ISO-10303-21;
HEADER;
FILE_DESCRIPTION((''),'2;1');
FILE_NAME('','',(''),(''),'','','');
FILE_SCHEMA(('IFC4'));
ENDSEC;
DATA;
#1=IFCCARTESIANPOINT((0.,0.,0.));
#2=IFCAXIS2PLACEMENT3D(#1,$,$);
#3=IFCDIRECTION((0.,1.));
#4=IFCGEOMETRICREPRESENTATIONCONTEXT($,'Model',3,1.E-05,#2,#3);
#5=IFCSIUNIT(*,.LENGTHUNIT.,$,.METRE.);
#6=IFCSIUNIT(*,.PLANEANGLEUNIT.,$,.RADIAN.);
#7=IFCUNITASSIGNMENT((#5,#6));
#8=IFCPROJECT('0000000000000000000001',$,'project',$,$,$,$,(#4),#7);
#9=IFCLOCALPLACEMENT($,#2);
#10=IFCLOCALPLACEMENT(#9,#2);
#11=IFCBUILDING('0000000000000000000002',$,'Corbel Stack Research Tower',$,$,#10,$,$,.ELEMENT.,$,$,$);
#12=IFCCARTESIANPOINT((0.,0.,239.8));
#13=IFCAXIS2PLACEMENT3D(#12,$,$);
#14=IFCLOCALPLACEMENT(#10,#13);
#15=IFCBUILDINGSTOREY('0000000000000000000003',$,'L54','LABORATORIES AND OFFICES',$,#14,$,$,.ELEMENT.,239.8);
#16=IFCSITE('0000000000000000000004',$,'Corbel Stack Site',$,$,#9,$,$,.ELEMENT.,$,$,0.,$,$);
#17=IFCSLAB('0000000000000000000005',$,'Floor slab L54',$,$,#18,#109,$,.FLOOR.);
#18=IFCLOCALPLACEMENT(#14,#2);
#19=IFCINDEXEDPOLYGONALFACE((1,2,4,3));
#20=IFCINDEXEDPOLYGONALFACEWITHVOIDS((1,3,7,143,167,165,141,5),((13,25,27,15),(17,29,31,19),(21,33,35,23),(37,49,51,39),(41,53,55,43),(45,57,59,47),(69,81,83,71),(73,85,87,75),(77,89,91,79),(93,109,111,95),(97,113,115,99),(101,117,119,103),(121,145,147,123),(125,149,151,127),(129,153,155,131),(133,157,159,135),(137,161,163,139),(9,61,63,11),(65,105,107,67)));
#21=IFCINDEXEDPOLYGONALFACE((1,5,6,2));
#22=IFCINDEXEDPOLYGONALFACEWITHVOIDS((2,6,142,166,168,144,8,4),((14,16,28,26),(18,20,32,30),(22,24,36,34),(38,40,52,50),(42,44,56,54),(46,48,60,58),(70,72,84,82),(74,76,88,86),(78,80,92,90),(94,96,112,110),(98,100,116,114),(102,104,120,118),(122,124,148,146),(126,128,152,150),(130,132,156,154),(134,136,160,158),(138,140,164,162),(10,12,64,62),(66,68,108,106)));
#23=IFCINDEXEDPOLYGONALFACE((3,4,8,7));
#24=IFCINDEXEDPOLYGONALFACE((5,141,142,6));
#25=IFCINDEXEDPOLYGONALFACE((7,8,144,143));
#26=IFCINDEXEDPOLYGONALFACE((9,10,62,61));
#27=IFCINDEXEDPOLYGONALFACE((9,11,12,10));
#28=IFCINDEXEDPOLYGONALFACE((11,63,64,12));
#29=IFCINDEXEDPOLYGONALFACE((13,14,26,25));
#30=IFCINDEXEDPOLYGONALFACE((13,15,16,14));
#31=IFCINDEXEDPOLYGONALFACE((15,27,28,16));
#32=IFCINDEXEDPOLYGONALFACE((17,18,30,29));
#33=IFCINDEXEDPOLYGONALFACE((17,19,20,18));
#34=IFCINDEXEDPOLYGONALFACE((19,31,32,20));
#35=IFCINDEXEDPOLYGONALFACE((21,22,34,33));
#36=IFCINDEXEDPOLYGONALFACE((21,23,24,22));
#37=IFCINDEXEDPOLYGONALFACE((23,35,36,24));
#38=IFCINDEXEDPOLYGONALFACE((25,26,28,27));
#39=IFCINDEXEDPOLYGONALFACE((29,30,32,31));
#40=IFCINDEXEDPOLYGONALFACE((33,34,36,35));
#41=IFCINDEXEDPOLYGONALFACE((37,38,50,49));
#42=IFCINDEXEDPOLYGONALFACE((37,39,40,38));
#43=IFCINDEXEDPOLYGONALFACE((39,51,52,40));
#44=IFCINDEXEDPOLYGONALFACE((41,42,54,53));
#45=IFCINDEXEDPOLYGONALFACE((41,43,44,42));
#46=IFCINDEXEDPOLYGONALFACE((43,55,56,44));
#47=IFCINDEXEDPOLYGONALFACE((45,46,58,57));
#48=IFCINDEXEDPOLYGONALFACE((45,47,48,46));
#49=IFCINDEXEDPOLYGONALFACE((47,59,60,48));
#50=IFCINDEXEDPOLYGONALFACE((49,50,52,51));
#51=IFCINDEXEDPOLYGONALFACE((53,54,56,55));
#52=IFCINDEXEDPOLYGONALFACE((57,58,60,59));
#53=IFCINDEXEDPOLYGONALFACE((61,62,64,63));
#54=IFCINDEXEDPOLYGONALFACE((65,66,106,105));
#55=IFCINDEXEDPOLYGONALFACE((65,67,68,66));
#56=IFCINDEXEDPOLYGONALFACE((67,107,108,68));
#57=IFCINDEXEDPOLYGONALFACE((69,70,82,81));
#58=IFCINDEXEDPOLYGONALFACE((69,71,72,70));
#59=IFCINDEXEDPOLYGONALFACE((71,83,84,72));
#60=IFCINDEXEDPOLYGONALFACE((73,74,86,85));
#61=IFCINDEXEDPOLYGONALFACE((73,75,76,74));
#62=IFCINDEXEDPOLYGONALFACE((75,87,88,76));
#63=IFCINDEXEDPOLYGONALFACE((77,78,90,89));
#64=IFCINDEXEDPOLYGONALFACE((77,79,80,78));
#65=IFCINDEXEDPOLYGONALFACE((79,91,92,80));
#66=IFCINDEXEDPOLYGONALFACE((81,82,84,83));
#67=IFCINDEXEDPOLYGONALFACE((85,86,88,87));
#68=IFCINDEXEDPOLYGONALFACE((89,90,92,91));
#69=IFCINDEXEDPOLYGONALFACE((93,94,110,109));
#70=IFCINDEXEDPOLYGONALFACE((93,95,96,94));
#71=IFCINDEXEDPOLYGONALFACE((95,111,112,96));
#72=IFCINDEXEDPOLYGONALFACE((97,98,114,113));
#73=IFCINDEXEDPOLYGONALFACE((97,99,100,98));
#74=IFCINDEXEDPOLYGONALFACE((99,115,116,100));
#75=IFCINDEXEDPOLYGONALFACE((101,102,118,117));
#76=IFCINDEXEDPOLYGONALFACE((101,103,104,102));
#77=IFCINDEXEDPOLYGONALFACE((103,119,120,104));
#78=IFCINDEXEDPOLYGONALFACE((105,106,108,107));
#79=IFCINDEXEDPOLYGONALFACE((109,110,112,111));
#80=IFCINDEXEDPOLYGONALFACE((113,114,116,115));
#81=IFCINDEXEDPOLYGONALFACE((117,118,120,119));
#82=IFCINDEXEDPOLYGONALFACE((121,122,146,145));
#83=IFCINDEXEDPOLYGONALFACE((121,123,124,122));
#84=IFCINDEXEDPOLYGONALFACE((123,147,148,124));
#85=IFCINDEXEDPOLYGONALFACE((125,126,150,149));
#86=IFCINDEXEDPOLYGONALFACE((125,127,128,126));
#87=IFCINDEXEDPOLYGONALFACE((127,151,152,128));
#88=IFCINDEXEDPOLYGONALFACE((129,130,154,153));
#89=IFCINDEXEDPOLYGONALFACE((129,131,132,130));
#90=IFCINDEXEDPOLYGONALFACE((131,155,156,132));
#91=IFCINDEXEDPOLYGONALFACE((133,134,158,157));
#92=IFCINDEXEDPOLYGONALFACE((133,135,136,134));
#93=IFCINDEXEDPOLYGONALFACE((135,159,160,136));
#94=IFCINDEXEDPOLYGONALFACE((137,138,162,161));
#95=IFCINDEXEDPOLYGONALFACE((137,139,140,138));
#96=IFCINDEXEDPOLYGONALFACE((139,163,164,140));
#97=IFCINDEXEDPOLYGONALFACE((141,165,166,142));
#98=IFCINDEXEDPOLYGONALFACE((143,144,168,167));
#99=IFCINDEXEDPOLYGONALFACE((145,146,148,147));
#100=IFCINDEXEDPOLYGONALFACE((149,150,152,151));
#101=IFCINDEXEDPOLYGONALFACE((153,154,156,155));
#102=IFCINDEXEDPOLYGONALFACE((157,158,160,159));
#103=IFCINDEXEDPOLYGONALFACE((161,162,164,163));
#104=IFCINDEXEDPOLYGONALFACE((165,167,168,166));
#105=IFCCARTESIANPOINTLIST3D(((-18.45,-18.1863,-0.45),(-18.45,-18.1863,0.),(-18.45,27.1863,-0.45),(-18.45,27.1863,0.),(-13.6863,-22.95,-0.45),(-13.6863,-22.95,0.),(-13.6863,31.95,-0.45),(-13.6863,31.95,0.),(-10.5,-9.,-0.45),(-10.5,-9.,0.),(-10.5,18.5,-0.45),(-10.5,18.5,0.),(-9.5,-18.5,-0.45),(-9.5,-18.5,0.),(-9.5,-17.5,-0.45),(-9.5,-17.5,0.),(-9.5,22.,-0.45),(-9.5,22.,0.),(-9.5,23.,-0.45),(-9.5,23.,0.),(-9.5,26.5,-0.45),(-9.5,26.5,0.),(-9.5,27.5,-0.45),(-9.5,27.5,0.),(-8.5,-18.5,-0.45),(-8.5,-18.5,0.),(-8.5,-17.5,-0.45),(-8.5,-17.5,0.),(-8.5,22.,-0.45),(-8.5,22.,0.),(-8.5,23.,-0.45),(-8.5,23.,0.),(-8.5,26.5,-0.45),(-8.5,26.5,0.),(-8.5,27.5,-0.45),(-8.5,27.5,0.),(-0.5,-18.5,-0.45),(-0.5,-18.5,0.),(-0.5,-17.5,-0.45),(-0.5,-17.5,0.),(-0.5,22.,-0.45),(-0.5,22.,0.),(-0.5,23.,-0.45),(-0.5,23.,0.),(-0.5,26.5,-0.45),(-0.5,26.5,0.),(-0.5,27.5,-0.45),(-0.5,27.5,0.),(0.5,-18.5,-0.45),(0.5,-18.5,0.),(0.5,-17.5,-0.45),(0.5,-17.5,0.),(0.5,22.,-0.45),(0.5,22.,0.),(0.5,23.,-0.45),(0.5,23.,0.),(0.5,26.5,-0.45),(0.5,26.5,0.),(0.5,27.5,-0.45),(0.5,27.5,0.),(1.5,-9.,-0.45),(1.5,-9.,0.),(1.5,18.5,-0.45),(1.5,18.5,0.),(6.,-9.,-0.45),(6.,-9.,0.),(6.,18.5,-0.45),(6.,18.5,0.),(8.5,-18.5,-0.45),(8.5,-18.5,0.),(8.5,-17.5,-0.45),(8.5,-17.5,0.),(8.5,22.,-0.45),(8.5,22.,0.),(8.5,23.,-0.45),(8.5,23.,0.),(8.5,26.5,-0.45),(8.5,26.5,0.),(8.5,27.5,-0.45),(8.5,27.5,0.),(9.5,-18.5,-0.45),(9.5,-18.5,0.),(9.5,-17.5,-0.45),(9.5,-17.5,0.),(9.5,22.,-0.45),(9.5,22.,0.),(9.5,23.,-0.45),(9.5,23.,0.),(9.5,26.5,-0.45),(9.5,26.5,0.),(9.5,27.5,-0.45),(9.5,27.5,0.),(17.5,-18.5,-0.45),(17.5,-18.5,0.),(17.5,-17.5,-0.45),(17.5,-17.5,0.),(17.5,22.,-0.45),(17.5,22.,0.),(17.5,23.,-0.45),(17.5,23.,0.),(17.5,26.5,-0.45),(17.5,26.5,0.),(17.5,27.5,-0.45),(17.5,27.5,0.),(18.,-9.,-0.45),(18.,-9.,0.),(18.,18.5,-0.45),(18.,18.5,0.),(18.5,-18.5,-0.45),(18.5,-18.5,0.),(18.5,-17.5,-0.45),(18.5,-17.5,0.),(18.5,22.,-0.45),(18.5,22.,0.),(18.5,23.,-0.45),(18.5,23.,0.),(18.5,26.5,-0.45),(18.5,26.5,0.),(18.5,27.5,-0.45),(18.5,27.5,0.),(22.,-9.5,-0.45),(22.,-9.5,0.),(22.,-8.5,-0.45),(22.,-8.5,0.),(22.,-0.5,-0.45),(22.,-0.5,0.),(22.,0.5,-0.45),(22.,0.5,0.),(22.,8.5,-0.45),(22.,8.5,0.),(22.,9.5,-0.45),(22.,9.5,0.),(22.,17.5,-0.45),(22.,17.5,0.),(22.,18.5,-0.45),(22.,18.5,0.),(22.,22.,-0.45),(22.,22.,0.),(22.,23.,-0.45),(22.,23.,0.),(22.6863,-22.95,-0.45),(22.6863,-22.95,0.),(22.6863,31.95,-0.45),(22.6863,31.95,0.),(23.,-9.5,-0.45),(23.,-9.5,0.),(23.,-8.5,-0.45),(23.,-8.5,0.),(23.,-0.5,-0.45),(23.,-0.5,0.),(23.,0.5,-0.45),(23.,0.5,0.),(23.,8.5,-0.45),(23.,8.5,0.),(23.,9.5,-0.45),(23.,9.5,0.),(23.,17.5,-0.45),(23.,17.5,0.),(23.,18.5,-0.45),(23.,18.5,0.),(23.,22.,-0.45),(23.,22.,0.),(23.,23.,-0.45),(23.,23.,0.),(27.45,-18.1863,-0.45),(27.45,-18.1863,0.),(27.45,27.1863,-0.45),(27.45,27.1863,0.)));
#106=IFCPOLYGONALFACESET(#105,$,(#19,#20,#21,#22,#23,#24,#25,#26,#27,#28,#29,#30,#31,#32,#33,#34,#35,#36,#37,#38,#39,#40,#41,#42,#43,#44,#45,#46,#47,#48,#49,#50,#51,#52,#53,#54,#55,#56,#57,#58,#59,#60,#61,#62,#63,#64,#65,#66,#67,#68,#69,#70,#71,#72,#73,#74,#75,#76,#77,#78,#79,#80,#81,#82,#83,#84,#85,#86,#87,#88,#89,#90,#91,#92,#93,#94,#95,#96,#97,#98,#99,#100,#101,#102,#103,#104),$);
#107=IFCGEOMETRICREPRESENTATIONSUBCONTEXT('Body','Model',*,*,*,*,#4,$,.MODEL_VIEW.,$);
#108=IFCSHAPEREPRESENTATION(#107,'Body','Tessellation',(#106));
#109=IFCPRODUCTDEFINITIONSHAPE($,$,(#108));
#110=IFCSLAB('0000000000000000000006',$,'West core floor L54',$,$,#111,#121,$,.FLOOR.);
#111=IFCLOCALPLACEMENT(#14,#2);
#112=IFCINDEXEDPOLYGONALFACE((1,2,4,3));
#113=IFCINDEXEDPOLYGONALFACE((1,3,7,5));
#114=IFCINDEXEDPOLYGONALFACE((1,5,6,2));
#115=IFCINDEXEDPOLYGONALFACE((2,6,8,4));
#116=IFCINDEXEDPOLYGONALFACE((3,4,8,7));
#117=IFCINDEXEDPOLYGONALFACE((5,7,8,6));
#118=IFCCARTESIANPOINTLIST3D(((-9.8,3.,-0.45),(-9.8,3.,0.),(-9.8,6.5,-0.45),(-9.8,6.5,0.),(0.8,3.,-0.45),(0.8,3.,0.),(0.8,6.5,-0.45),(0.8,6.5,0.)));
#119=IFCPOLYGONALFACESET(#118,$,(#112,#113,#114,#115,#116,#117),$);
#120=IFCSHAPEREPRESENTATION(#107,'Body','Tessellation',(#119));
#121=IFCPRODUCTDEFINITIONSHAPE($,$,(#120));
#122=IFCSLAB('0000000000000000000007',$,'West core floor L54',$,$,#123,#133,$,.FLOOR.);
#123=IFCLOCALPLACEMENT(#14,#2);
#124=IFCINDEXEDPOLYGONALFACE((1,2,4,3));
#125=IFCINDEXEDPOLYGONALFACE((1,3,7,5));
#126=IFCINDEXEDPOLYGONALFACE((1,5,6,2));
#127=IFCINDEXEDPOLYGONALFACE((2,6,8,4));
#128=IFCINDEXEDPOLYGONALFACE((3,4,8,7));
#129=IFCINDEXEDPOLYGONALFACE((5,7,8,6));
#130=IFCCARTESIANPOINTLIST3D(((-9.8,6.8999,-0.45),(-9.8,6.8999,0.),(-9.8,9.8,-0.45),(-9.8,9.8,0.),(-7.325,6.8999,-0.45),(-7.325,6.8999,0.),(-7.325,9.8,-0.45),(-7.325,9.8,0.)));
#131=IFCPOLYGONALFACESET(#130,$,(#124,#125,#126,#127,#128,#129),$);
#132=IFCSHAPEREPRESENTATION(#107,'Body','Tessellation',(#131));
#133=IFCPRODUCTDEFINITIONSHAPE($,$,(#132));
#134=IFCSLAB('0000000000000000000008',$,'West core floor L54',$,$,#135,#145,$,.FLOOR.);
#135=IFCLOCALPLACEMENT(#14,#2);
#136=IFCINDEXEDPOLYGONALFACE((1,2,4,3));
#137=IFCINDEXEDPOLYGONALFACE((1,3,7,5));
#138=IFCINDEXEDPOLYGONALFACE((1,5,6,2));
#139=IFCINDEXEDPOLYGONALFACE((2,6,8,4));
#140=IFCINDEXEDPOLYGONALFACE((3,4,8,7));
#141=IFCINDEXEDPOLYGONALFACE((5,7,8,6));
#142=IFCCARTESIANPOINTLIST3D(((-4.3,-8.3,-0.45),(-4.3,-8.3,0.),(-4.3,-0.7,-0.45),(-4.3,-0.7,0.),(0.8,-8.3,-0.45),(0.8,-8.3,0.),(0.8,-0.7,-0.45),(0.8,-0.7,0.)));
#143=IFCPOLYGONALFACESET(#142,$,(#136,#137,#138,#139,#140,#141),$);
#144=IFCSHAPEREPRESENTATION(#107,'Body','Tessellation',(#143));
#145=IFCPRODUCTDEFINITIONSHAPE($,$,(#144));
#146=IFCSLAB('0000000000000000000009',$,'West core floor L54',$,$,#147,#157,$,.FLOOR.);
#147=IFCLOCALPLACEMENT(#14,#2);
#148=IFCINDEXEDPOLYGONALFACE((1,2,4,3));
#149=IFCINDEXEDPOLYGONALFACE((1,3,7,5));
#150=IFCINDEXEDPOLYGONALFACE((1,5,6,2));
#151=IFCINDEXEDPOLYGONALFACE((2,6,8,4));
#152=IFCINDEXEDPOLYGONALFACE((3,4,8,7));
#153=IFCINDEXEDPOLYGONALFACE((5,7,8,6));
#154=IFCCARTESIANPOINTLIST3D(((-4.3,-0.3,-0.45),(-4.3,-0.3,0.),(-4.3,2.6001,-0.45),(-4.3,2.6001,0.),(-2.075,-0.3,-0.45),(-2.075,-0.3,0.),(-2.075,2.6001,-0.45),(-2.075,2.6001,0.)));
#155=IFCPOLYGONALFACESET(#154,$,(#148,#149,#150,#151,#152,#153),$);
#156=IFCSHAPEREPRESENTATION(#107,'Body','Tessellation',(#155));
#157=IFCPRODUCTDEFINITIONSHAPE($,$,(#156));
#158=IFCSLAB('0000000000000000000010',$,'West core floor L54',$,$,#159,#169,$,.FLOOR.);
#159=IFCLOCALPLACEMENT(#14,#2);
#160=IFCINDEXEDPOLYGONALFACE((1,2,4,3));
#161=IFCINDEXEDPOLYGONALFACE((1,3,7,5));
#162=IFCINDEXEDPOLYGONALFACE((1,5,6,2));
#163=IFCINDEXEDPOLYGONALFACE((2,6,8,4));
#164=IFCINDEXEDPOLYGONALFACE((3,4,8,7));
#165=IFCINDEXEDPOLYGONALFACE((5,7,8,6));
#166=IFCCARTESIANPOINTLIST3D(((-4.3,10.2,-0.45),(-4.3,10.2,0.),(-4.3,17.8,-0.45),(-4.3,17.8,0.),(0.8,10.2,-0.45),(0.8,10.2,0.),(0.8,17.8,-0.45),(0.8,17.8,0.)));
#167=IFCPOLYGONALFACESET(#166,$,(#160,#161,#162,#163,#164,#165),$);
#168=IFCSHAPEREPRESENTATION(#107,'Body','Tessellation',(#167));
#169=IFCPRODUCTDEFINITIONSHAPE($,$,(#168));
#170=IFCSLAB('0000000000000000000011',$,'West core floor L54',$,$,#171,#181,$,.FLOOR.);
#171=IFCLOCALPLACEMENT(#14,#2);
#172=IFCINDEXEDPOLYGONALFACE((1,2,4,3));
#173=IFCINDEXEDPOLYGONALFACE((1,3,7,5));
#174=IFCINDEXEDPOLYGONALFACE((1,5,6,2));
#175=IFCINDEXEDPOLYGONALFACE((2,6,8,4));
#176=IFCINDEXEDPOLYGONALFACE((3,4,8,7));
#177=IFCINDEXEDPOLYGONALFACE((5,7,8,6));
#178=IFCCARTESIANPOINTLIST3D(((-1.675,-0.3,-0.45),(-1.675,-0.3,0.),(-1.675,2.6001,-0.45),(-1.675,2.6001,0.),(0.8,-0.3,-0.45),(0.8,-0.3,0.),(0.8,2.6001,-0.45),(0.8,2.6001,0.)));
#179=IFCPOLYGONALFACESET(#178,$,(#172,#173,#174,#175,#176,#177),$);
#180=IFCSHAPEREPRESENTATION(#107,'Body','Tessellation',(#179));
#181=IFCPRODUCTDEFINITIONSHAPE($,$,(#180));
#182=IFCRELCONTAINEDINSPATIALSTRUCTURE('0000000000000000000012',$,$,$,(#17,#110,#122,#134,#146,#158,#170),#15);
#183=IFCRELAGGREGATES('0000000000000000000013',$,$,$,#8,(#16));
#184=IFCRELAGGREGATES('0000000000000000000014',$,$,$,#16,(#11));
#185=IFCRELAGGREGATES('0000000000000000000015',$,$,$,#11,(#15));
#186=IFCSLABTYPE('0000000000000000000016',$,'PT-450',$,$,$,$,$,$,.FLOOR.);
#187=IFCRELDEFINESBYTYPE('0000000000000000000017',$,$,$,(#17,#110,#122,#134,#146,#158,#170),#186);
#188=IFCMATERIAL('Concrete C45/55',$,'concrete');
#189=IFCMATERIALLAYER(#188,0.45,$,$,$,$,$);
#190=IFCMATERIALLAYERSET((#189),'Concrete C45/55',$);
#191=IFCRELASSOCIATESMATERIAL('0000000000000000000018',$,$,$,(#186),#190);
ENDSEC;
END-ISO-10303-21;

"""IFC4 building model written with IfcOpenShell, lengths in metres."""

from ifc_helpers import new_model, si_unit, direction, frame, origin, place, context, subcontext, project, spatial, polyline, outline, extrude, material, layer, layer_set, type_object, element, save


model = new_model("IFC4")

# Units and contexts
model_context = context("Model", 3, precision=1e-05, world=origin(), true_north=direction((0.0, 1.0)))
body_context = subcontext(model_context, "Body", "Model", "MODEL_VIEW")
ifc_project = project(units=[si_unit("LENGTHUNIT", "METRE"), si_unit("PLANEANGLEUNIT", "RADIAN")], contexts=[model_context])

# Site, building, storey
site_placement = place(None, origin())
site = spatial("IfcSite", under=ifc_project, at=site_placement, Name="Corbel Stack Site", CompositionType="ELEMENT", RefElevation=0.0)
building_placement = place(site_placement, origin())
building = spatial("IfcBuilding", under=site, at=building_placement, Name="Corbel Stack Research Tower", CompositionType="ELEMENT")
storey_placement = place(building_placement, frame((0.0, 0.0, 239.8)))
storey = spatial("IfcBuildingStorey", under=building, at=storey_placement, Name="L54", Description="LABORATORIES AND OFFICES", CompositionType="ELEMENT", Elevation=239.8)

# Slabs
ifc_material_1 = material(Name="Concrete C45/55", Category="concrete")
ifc_layer_1 = layer(ifc_material_1, 0.45)
ifc_layer_set_1 = layer_set([ifc_layer_1], Name="Concrete C45/55")
slab_type_1 = type_object("IfcSlabType", Name="PT-450", PredefinedType="FLOOR", material=ifc_layer_set_1)
slab_1_placement = place(storey_placement, frame((0.0, 0.0, -0.45)))
element("IfcSlab", 1, at=slab_1_placement, inside=storey, type_object=slab_type_1, Name="Floor slab L54", PredefinedType="FLOOR", context=body_context, shape_type="SweptSolid", body=[
    extrude(outline(polyline([(-13.6863, -22.95), (22.6863, -22.95), (27.45, -18.1863), (27.45, 27.1863), (22.6863, 31.95), (-13.6863, 31.95), (-18.45, 27.1863), (-18.45, -18.1863), (-13.6863, -22.95)]), holes=[polyline([(22.0, 22.0), (22.0, 23.0), (23.0, 23.0), (23.0, 22.0), (22.0, 22.0)]), polyline([(23.0, 17.5), (22.0, 17.5), (22.0, 18.5), (23.0, 18.5), (23.0, 17.5)]), polyline([(23.0, 8.5), (22.0, 8.5), (22.0, 9.5), (23.0, 9.5), (23.0, 8.5)]), polyline([(22.0, -0.5), (22.0, 0.5), (23.0, 0.5), (23.0, -0.5), (22.0, -0.5)]), polyline([(23.0, -9.5), (22.0, -9.5), (22.0, -8.5), (23.0, -8.5), (23.0, -9.5)]), polyline([(17.5, 26.5), (17.5, 27.5), (18.5, 27.5), (18.5, 26.5), (17.5, 26.5)]), polyline([(18.5, 22.0), (17.5, 22.0), (17.5, 23.0), (18.5, 23.0), (18.5, 22.0)]), polyline([(18.5, -18.5), (17.5, -18.5), (17.5, -17.5), (18.5, -17.5), (18.5, -18.5)]), polyline([(6.0, -9.0), (6.0, 18.5), (18.0, 18.5), (18.0, -9.0), (6.0, -9.0)]), polyline([(9.5, 26.5), (8.5, 26.5), (8.5, 27.5), (9.5, 27.5), (9.5, 26.5)]), polyline([(9.5, 22.0), (8.5, 22.0), (8.5, 23.0), (9.5, 23.0), (9.5, 22.0)]), polyline([(9.5, -18.5), (8.5, -18.5), (8.5, -17.5), (9.5, -17.5), (9.5, -18.5)]), polyline([(1.5, -9.0), (-10.5, -9.0), (-10.5, 18.5), (1.5, 18.5), (1.5, -9.0)]), polyline([(-0.5, 26.5), (-0.5, 27.5), (0.5, 27.5), (0.5, 26.5), (-0.5, 26.5)]), polyline([(0.5, 22.0), (-0.5, 22.0), (-0.5, 23.0), (0.5, 23.0), (0.5, 22.0)]), polyline([(0.5, -18.5), (-0.5, -18.5), (-0.5, -17.5), (0.5, -17.5), (0.5, -18.5)]), polyline([(-9.5, 26.5), (-9.5, 27.5), (-8.5, 27.5), (-8.5, 26.5), (-9.5, 26.5)]), polyline([(-8.5, 22.0), (-9.5, 22.0), (-9.5, 23.0), (-8.5, 23.0), (-8.5, 22.0)]), polyline([(-8.5, -18.5), (-9.5, -18.5), (-9.5, -17.5), (-8.5, -17.5), (-8.5, -18.5)])]), origin(), (0.0, 0.0, 1.0), 0.45),
])
slab_2_placement = place(storey_placement, frame((0.0, 0.0, -0.45)))
element("IfcSlab", 2, at=slab_2_placement, inside=storey, type_object=slab_type_1, Name="West core floor L54", PredefinedType="FLOOR", context=body_context, shape_type="SweptSolid", body=[
    extrude(outline(polyline([(-9.8, 6.5), (-9.8, 3.0), (0.8, 3.0), (0.8, 6.5), (-9.8, 6.5)])), origin(), (0.0, 0.0, 1.0), 0.45),
])
slab_3_placement = place(storey_placement, frame((0.0, 0.0, -0.45)))
element("IfcSlab", 3, at=slab_3_placement, inside=storey, type_object=slab_type_1, Name="West core floor L54", PredefinedType="FLOOR", context=body_context, shape_type="SweptSolid", body=[
    extrude(outline(polyline([(-9.8, 6.8999), (-7.325, 6.8999), (-7.325, 9.8), (-9.8, 9.8), (-9.8, 6.8999)])), origin(), (0.0, 0.0, 1.0), 0.45),
])
slab_4_placement = place(storey_placement, frame((0.0, 0.0, -0.45)))
element("IfcSlab", 4, at=slab_4_placement, inside=storey, type_object=slab_type_1, Name="West core floor L54", PredefinedType="FLOOR", context=body_context, shape_type="SweptSolid", body=[
    extrude(outline(polyline([(-4.3, -0.7), (-4.3, -8.3), (0.8, -8.3), (0.8, -0.7), (-4.3, -0.7)])), origin(), (0.0, 0.0, 1.0), 0.45),
])
slab_5_placement = place(storey_placement, frame((0.0, 0.0, -0.45)))
element("IfcSlab", 5, at=slab_5_placement, inside=storey, type_object=slab_type_1, Name="West core floor L54", PredefinedType="FLOOR", context=body_context, shape_type="SweptSolid", body=[
    extrude(outline(polyline([(-4.3, 2.6001), (-4.3, -0.3), (-2.075, -0.3), (-2.075, 2.6001), (-4.3, 2.6001)])), origin(), (0.0, 0.0, 1.0), 0.45),
])
slab_6_placement = place(storey_placement, frame((0.0, 0.0, -0.45)))
element("IfcSlab", 6, at=slab_6_placement, inside=storey, type_object=slab_type_1, Name="West core floor L54", PredefinedType="FLOOR", context=body_context, shape_type="SweptSolid", body=[
    extrude(outline(polyline([(-4.3, 17.8), (-4.3, 10.2), (0.8, 10.2), (0.8, 17.8), (-4.3, 17.8)])), origin(), (0.0, 0.0, 1.0), 0.45),
])
slab_7_placement = place(storey_placement, frame((0.0, 0.0, -0.45)))
element("IfcSlab", 7, at=slab_7_placement, inside=storey, type_object=slab_type_1, Name="West core floor L54", PredefinedType="FLOOR", context=body_context, shape_type="SweptSolid", body=[
    extrude(outline(polyline([(-1.675, 2.6001), (-1.675, -0.3), (0.8, -0.3), (0.8, 2.6001), (-1.675, 2.6001)])), origin(), (0.0, 0.0, 1.0), 0.45),
])

save(model, "model.ifc")
